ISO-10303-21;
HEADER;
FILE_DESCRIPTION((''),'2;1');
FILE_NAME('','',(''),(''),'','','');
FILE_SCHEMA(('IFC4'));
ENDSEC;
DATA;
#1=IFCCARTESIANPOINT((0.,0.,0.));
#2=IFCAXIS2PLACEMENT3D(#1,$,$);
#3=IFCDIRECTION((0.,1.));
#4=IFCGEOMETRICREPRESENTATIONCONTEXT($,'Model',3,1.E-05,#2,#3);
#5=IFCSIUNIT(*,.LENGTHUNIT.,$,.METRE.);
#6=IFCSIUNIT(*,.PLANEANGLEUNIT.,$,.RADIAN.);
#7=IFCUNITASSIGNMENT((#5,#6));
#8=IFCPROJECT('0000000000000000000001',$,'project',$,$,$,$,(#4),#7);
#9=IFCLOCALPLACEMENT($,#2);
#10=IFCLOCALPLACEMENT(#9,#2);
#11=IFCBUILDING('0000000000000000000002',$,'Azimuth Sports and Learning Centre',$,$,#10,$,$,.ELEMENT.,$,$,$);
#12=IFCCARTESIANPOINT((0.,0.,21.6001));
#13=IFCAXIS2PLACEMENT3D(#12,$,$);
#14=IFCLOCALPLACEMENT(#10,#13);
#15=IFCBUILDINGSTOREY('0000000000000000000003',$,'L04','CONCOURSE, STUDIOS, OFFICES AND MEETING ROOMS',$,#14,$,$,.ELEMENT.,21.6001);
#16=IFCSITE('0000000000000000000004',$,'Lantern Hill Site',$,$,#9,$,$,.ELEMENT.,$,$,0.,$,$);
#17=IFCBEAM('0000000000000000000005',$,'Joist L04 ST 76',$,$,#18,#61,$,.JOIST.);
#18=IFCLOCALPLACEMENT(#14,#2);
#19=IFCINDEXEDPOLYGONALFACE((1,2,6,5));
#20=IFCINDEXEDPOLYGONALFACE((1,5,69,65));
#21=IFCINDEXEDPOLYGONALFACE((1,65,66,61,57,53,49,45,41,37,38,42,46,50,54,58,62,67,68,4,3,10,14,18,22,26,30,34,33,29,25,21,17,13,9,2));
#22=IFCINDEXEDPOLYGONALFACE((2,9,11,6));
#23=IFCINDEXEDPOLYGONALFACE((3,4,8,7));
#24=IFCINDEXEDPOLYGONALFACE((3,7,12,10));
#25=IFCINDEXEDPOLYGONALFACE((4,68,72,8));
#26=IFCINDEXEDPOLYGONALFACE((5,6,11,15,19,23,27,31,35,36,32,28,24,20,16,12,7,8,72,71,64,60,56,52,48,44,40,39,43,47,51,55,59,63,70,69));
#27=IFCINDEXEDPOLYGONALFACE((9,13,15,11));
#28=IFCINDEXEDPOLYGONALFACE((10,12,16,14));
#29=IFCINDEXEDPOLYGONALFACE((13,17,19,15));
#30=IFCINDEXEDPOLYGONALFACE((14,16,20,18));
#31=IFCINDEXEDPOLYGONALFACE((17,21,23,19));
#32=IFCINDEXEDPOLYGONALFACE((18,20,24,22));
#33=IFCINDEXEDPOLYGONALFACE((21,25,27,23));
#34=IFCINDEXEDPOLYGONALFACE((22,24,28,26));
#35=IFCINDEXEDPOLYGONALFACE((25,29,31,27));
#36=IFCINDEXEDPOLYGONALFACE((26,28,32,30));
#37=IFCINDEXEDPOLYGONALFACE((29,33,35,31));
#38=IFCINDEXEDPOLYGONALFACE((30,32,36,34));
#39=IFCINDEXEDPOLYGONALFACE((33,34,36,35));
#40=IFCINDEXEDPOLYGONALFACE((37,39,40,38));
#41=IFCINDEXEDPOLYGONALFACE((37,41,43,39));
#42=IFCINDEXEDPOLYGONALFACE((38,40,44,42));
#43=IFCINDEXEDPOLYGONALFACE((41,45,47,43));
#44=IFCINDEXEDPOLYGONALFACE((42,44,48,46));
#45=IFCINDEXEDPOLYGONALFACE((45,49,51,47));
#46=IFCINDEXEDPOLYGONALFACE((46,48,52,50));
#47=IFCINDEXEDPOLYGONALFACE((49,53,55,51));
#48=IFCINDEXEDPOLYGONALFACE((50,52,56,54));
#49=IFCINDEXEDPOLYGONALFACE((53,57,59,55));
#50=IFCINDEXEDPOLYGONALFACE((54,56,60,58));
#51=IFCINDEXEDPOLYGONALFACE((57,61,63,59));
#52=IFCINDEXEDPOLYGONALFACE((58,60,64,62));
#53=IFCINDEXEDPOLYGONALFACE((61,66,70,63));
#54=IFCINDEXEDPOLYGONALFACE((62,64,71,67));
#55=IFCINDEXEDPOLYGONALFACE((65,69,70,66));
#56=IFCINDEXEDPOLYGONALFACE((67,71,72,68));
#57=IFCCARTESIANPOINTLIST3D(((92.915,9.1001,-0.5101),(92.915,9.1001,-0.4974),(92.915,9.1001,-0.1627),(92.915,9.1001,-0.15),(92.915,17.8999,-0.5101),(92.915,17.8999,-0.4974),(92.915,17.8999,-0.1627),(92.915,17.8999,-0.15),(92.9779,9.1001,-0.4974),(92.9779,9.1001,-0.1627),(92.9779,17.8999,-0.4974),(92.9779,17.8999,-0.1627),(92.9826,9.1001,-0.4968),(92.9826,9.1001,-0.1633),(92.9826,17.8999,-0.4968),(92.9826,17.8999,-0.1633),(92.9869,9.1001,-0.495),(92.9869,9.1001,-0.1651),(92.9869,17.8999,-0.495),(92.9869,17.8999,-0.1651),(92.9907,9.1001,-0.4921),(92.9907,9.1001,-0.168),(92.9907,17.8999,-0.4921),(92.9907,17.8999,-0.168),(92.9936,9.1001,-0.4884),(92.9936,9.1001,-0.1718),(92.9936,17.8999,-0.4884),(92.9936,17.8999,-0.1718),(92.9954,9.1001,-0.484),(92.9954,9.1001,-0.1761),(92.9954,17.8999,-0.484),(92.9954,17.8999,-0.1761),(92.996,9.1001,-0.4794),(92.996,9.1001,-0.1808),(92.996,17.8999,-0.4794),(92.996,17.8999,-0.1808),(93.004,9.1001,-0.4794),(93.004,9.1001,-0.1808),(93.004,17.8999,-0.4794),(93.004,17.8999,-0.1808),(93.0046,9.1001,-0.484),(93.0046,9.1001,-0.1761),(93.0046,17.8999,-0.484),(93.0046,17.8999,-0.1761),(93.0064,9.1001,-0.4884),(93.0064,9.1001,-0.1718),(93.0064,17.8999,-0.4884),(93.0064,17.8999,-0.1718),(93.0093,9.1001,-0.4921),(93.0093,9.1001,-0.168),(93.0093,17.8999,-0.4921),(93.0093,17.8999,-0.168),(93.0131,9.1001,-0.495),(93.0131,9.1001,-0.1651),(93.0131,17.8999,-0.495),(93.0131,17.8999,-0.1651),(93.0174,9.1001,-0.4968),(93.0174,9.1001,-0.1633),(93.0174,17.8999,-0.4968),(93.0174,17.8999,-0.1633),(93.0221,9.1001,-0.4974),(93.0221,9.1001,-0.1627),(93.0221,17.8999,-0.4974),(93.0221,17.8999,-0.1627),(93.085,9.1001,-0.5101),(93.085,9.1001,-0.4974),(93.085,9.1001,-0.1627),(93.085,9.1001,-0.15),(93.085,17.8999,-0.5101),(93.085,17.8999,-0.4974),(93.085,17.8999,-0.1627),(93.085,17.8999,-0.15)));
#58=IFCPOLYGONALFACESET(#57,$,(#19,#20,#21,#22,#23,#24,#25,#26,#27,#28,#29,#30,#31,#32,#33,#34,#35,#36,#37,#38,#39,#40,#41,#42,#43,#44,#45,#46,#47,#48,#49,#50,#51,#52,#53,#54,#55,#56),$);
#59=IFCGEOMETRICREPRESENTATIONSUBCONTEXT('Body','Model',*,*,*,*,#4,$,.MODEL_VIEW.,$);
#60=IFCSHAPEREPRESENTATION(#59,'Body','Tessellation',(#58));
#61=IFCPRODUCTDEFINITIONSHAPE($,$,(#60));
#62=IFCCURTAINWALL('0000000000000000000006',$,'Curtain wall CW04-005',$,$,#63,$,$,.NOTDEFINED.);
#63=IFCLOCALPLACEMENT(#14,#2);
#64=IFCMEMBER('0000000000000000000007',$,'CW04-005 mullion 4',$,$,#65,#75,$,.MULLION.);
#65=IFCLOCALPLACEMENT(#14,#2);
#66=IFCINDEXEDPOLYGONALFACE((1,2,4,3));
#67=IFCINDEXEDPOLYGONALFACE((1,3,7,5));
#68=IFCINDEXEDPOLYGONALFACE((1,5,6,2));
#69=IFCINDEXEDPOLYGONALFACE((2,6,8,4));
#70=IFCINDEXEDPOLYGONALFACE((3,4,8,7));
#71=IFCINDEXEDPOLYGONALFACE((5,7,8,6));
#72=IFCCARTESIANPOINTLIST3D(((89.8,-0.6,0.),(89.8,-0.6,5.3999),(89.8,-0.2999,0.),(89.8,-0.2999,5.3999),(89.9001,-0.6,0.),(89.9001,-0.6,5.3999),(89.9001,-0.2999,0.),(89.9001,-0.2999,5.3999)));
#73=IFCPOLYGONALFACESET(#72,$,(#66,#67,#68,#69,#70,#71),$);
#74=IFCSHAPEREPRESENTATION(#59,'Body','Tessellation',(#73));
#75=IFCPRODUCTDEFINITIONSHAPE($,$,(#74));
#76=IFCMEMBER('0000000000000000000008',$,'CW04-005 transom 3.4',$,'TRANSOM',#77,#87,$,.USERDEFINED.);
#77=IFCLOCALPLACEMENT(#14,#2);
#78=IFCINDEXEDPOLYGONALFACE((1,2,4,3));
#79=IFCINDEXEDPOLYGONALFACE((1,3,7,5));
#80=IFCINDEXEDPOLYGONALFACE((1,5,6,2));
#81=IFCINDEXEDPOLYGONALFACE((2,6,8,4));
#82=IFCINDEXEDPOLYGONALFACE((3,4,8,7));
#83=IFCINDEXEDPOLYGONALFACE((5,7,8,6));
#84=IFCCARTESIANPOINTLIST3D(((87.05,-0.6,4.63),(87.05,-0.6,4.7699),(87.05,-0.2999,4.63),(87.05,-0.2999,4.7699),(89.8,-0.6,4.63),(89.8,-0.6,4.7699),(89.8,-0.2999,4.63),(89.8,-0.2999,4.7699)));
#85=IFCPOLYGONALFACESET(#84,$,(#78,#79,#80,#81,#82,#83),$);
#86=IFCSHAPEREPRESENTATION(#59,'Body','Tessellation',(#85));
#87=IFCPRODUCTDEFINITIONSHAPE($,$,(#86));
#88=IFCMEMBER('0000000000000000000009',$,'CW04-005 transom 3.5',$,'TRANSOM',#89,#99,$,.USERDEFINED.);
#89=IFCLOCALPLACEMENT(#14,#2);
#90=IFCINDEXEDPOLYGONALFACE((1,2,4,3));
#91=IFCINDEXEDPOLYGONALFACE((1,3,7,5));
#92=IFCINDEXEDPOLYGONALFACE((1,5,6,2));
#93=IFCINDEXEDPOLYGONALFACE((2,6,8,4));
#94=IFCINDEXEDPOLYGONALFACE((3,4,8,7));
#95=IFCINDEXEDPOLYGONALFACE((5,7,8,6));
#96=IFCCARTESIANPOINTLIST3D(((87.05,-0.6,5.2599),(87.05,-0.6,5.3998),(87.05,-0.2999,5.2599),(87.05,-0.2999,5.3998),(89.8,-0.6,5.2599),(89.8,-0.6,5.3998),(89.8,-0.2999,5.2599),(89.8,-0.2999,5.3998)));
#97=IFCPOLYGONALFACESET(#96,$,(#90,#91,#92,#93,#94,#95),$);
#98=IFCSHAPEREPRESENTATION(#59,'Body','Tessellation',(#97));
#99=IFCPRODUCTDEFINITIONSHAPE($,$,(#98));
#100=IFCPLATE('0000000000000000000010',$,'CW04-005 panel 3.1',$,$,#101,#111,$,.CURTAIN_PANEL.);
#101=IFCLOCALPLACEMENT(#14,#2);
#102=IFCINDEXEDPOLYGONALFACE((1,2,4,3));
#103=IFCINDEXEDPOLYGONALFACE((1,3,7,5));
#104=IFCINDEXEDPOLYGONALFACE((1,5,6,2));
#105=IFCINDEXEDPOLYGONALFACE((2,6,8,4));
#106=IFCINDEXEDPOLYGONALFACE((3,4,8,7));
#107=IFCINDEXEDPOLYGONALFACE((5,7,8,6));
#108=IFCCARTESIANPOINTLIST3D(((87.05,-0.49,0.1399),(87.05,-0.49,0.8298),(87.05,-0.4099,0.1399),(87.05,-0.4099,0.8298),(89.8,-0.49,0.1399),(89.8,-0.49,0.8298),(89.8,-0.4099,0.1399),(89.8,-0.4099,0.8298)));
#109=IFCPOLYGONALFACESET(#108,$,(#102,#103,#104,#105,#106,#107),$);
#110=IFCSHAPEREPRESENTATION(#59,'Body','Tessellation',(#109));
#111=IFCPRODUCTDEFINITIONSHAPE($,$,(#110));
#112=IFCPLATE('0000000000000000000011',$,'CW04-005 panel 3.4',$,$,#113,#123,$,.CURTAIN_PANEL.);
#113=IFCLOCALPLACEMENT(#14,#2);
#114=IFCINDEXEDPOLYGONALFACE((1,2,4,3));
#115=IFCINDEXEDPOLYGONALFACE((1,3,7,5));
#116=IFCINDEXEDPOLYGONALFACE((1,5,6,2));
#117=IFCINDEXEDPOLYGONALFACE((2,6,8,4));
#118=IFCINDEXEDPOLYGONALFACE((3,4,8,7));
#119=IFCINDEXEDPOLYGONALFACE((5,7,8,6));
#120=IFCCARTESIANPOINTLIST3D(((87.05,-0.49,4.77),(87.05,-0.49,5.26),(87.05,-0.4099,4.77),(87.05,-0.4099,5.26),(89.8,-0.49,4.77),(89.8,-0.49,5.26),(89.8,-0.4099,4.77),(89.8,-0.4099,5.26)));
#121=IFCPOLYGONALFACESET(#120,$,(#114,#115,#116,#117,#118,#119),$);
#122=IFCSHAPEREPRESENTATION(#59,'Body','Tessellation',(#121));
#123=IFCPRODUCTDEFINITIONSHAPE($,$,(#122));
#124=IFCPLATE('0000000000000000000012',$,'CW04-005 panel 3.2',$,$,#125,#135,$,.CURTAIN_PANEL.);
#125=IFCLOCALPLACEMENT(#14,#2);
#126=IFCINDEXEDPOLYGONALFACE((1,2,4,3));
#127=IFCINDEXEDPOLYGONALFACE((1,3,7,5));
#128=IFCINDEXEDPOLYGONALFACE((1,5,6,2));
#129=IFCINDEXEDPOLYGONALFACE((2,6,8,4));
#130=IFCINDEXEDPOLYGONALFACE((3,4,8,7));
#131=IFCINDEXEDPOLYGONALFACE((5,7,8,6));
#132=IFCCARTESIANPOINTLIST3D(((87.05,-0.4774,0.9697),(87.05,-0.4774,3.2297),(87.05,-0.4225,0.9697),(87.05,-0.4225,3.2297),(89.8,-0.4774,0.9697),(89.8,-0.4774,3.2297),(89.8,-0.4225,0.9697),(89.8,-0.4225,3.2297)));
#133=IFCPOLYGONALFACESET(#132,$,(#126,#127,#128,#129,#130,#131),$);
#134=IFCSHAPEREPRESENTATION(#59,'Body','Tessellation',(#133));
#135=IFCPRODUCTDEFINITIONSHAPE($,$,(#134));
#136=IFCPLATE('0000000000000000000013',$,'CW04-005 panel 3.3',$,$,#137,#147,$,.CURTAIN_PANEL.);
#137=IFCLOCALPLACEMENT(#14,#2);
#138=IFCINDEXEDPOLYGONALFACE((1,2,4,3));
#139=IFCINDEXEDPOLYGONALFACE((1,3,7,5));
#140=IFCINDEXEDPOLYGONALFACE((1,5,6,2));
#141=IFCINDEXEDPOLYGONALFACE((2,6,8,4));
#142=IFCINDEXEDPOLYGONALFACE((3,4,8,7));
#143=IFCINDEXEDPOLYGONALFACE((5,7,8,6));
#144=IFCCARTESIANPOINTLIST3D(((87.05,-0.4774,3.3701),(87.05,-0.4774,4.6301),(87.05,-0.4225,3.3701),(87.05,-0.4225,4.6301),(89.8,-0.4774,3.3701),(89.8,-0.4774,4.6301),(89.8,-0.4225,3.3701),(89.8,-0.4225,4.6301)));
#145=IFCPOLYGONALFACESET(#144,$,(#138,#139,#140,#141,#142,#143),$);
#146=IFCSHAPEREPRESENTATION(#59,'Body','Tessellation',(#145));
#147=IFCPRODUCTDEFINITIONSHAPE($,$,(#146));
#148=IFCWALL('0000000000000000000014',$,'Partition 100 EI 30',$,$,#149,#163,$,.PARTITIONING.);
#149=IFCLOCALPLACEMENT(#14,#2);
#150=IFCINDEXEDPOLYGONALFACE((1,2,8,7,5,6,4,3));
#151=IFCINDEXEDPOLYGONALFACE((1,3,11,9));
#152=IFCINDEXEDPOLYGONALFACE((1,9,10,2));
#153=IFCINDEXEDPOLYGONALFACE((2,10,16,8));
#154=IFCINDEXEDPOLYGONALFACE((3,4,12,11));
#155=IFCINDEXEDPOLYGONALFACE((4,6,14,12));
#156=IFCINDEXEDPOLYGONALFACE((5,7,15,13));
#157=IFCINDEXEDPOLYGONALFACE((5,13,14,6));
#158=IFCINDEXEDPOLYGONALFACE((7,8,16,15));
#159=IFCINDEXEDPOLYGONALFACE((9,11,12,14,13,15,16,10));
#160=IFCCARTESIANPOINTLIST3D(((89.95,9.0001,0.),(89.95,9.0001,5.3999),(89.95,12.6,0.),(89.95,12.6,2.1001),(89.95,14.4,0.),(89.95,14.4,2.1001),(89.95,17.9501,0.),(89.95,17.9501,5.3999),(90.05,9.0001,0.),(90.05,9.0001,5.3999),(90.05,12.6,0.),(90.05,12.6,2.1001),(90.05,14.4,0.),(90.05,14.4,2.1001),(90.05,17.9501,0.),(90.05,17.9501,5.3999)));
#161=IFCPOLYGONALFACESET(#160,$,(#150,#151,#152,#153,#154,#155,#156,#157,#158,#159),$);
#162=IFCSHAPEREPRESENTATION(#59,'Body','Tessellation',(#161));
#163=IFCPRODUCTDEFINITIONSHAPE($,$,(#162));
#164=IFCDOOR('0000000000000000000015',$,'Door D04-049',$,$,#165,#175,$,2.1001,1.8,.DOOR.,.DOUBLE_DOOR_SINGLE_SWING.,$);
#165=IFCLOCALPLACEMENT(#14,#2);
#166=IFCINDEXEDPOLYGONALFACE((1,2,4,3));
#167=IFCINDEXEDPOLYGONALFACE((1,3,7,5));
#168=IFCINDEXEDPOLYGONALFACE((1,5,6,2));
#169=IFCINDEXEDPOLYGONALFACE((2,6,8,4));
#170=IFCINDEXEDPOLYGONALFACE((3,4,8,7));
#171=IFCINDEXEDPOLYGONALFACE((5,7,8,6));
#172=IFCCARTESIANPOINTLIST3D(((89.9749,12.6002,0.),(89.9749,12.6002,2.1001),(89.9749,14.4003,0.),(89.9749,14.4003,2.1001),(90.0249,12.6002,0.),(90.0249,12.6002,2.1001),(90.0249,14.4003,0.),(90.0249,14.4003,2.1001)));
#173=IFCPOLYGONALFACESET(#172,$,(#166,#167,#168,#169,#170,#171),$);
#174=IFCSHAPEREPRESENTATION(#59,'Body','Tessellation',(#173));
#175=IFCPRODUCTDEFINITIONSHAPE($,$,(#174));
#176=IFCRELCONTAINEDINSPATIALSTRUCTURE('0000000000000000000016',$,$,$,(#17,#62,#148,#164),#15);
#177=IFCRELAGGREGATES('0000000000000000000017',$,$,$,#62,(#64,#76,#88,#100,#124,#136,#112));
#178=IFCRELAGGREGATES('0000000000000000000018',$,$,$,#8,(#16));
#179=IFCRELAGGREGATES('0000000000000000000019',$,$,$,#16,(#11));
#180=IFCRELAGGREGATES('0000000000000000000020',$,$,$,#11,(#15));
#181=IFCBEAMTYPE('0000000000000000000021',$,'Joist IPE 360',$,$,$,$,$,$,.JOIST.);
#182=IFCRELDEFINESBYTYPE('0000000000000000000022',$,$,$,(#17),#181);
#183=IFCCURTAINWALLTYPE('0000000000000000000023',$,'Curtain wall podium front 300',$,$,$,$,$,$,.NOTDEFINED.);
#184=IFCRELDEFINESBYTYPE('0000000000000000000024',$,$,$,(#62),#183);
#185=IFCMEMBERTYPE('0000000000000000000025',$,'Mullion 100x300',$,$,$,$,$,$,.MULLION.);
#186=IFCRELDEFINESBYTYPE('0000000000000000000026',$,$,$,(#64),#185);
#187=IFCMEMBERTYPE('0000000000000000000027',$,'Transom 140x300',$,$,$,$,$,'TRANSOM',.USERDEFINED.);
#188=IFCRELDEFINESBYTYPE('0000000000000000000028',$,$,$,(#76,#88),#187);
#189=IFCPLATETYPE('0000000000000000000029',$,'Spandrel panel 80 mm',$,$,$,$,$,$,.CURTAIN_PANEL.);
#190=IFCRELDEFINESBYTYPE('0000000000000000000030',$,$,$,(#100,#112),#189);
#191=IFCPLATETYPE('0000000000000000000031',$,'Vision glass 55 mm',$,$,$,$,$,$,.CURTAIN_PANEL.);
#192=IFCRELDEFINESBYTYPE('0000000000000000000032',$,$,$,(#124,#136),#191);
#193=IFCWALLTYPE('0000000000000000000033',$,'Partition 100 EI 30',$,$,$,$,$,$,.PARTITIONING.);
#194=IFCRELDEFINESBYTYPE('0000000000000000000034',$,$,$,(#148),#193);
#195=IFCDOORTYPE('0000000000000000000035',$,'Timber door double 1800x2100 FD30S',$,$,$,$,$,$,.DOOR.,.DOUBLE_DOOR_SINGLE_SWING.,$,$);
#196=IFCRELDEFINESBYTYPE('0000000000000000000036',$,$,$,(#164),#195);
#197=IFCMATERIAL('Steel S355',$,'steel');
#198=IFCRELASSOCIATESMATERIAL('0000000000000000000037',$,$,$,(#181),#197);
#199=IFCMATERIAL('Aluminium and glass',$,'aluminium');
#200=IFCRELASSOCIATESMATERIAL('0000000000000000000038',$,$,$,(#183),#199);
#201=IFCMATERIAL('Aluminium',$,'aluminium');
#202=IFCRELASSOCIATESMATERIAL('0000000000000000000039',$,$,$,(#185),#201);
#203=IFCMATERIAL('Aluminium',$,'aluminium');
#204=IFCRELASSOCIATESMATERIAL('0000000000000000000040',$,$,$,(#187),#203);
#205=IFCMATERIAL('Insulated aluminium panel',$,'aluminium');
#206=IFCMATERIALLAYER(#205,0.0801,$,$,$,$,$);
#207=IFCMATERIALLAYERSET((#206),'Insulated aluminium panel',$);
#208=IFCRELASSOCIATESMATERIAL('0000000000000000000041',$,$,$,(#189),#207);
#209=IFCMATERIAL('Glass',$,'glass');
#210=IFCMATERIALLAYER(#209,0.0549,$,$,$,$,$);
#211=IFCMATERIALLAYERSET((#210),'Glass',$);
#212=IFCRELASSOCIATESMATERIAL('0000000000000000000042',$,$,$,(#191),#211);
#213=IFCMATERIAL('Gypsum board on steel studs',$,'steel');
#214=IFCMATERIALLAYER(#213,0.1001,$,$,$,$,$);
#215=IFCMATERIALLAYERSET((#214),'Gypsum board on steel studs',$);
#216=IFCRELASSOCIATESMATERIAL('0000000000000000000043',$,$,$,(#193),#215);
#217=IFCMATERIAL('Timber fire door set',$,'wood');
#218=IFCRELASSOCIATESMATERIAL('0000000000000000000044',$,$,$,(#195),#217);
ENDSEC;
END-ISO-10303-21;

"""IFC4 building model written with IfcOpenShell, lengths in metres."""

from ifc_helpers import new_model, si_unit, direction, frame, frame_2d, origin, origin_2d, place, context, subcontext, project, spatial, rectangle, i_section, extrude, material, layer, layer_set, material_profile, profile_set, type_object, element, fill, aggregate, save


model = new_model("IFC4")

# Units and contexts
model_context = context("Model", 3, precision=1e-05, world=origin(), true_north=direction((0.0, 1.0)))
body_context = subcontext(model_context, "Body", "Model", "MODEL_VIEW")
ifc_project = project(units=[si_unit("LENGTHUNIT", "METRE"), si_unit("PLANEANGLEUNIT", "RADIAN")], contexts=[model_context])

# Site, building, storey
site_placement = place(None, origin())
site = spatial("IfcSite", under=ifc_project, at=site_placement, Name="Lantern Hill Site", CompositionType="ELEMENT", RefElevation=0.0)
building_placement = place(site_placement, origin())
building = spatial("IfcBuilding", under=site, at=building_placement, Name="Azimuth Sports and Learning Centre", CompositionType="ELEMENT")
storey_placement = place(building_placement, frame((0.0, 0.0, 21.6001)))
storey = spatial("IfcBuildingStorey", under=building, at=storey_placement, Name="L04", Description="CONCOURSE, STUDIOS, OFFICES AND MEETING ROOMS", CompositionType="ELEMENT", Elevation=21.6001)

# Beam
ifc_material_1 = material(Name="Steel S355", Category="steel")
ifc_material_profile_1 = material_profile(ifc_material_1, i_section(OverallWidth=0.1699, OverallDepth=0.3601, WebThickness=0.0081, FlangeThickness=0.0127, FilletRadius=0.0181, at=origin_2d()), Name="IPE 360")
ifc_profile_set_1 = profile_set([ifc_material_profile_1], Name="Steel S355")
beam_type = type_object("IfcBeamType", Name="Joist IPE 360", PredefinedType="JOIST", material=ifc_profile_set_1)
beam_placement = place(storey_placement, frame((93.0, 9.1001, -0.3301), z_axis=(0.0, 1.0, 0.0), x_axis=(-1.0, 0.0, 0.0)))
element("IfcBeam", 1, at=beam_placement, inside=storey, type_object=beam_type, Name="Joist L04 ST 76", PredefinedType="JOIST", context=body_context, shape_type="SweptSolid", body=[
    extrude(i_section(OverallWidth=0.1699, OverallDepth=0.3601, WebThickness=0.0081, FlangeThickness=0.0127, FilletRadius=0.0181, at=origin_2d()), origin(), (0.0, 0.0, 1.0), 8.7998),
])

# Curtain wall, members, plates
ifc_material_2 = material(Name="Aluminium and glass", Category="aluminium")
curtain_wall_type = type_object("IfcCurtainWallType", Name="Curtain wall podium front 300", PredefinedType="NOTDEFINED", material=ifc_material_2)
curtain_wall_placement = place(storey_placement, origin())
curtain_wall = element("IfcCurtainWall", 2, at=curtain_wall_placement, inside=storey, type_object=curtain_wall_type, Name="Curtain wall CW04-005", PredefinedType="NOTDEFINED")
ifc_material_3 = material(Name="Aluminium", Category="aluminium")
ifc_material_profile_2 = material_profile(ifc_material_3, rectangle(XDim=0.3, YDim=0.1001, at=origin_2d()), Name="Mullion 100x300")
ifc_profile_set_2 = profile_set([ifc_material_profile_2], Name="Aluminium")
member_type_1 = type_object("IfcMemberType", Name="Mullion 100x300", PredefinedType="MULLION", material=ifc_profile_set_2)
member_1_placement = place(storey_placement, frame((89.8501, -0.45, 0.0), z_axis=(0.0, 0.0, 1.0), x_axis=(0.0, 1.0, 0.0)))
member_1 = element("IfcMember", 3, at=member_1_placement, type_object=member_type_1, Name="CW04-005 mullion 4", PredefinedType="MULLION", context=body_context, shape_type="SweptSolid", body=[
    extrude(rectangle(XDim=0.3, YDim=0.1001, at=origin_2d()), origin(), (0.0, 0.0, 1.0), 5.3999),
])
ifc_material_4 = material(Name="Aluminium", Category="aluminium")
ifc_material_profile_3 = material_profile(ifc_material_4, rectangle(XDim=0.3, YDim=0.1399, at=origin_2d()), Name="Transom 140x300")
ifc_profile_set_3 = profile_set([ifc_material_profile_3], Name="Aluminium")
member_type_2 = type_object("IfcMemberType", Name="Transom 140x300", ElementType="TRANSOM", PredefinedType="USERDEFINED", material=ifc_profile_set_3)
member_2_placement = place(storey_placement, frame((87.05, -0.45, 4.7), z_axis=(1.0, 0.0, 0.0), x_axis=(0.0, 1.0, 0.0)))
member_2 = element("IfcMember", 4, at=member_2_placement, type_object=member_type_2, Name="CW04-005 transom 3.4", ObjectType="TRANSOM", PredefinedType="USERDEFINED", context=body_context, shape_type="SweptSolid", body=[
    extrude(rectangle(XDim=0.3, YDim=0.1399, at=origin_2d()), origin(), (0.0, 0.0, 1.0), 2.75),
])
member_3_placement = place(storey_placement, frame((87.05, -0.45, 5.3298), z_axis=(1.0, 0.0, 0.0), x_axis=(0.0, 1.0, 0.0)))
member_3 = element("IfcMember", 5, at=member_3_placement, type_object=member_type_2, Name="CW04-005 transom 3.5", ObjectType="TRANSOM", PredefinedType="USERDEFINED", context=body_context, shape_type="SweptSolid", body=[
    extrude(rectangle(XDim=0.3, YDim=0.1399, at=origin_2d()), origin(), (0.0, 0.0, 1.0), 2.75),
])
ifc_material_5 = material(Name="Insulated aluminium panel", Category="aluminium")
ifc_layer_1 = layer(ifc_material_5, 0.0801)
ifc_layer_set_1 = layer_set([ifc_layer_1], Name="Insulated aluminium panel")
plate_type_1 = type_object("IfcPlateType", Name="Spandrel panel 80 mm", PredefinedType="CURTAIN_PANEL", material=ifc_layer_set_1)
plate_1_placement = place(storey_placement, frame((88.425, -0.45, 0.1399), z_axis=(0.0, 0.0, 1.0), x_axis=(1.0, 0.0, 0.0)))
plate_1 = element("IfcPlate", 6, at=plate_1_placement, type_object=plate_type_1, Name="CW04-005 panel 3.1", PredefinedType="CURTAIN_PANEL", context=body_context, shape_type="SweptSolid", body=[
    extrude(rectangle(XDim=2.75, YDim=0.0801, at=origin_2d()), origin(), (0.0, 0.0, 1.0), 0.6899),
])
plate_2_placement = place(storey_placement, frame((88.425, -0.45, 4.77), z_axis=(0.0, 0.0, 1.0), x_axis=(1.0, 0.0, 0.0)))
plate_2 = element("IfcPlate", 7, at=plate_2_placement, type_object=plate_type_1, Name="CW04-005 panel 3.4", PredefinedType="CURTAIN_PANEL", context=body_context, shape_type="SweptSolid", body=[
    extrude(rectangle(XDim=2.75, YDim=0.0801, at=origin_2d()), origin(), (0.0, 0.0, 1.0), 0.49),
])
ifc_material_6 = material(Name="Glass", Category="glass")
ifc_layer_2 = layer(ifc_material_6, 0.0549)
ifc_layer_set_2 = layer_set([ifc_layer_2], Name="Glass")
plate_type_2 = type_object("IfcPlateType", Name="Vision glass 55 mm", PredefinedType="CURTAIN_PANEL", material=ifc_layer_set_2)
plate_3_placement = place(storey_placement, frame((88.425, -0.45, 0.9697), z_axis=(0.0, 0.0, 1.0), x_axis=(1.0, 0.0, 0.0)))
plate_3 = element("IfcPlate", 8, at=plate_3_placement, type_object=plate_type_2, Name="CW04-005 panel 3.2", PredefinedType="CURTAIN_PANEL", context=body_context, shape_type="SweptSolid", body=[
    extrude(rectangle(XDim=2.75, YDim=0.0549, at=origin_2d()), origin(), (0.0, 0.0, 1.0), 2.26),
])
plate_4_placement = place(storey_placement, frame((88.425, -0.45, 3.3701), z_axis=(0.0, 0.0, 1.0), x_axis=(1.0, 0.0, 0.0)))
plate_4 = element("IfcPlate", 9, at=plate_4_placement, type_object=plate_type_2, Name="CW04-005 panel 3.3", PredefinedType="CURTAIN_PANEL", context=body_context, shape_type="SweptSolid", body=[
    extrude(rectangle(XDim=2.75, YDim=0.0549, at=origin_2d()), origin(), (0.0, 0.0, 1.0), 1.26),
])
aggregate(curtain_wall, [member_1, member_2, member_3, plate_1, plate_3, plate_4, plate_2])

# Wall, opening, door
ifc_material_7 = material(Name="Gypsum board on steel studs", Category="steel")
ifc_layer_3 = layer(ifc_material_7, 0.1001)
ifc_layer_set_3 = layer_set([ifc_layer_3], Name="Gypsum board on steel studs")
wall_type_1 = type_object("IfcWallType", Name="Partition 100 EI 30", PredefinedType="PARTITIONING", material=ifc_layer_set_3)
wall_1_placement = place(storey_placement, frame((90.0, 9.0, 0.0), z_axis=(0.0, 0.0, 1.0), x_axis=(0.0, 1.0, 0.0)))
wall_1 = element("IfcWall", 10, at=wall_1_placement, inside=storey, type_object=wall_type_1, Name="Partition 100 EI 30", PredefinedType="PARTITIONING", context=body_context, shape_type="SweptSolid", body=[
    extrude(rectangle(XDim=8.95, YDim=0.1001, at=frame_2d((4.4751, 0.0))), origin(), (0.0, 0.0, 1.0), 5.3999),
])
opening_1_placement = place(wall_1_placement, frame((3.6001, 0.0, 0.0)))
opening_1 = element("IfcOpeningElement", 11, at=opening_1_placement, cuts=wall_1, PredefinedType="OPENING", context=body_context, shape_type="SweptSolid", body=[
    extrude(rectangle(XDim=1.8, YDim=2.1001, at=frame_2d((0.8999, 1.05))), frame((0.0, 0.061, 0.0), z_axis=(0.0, -1.0, 0.0), x_axis=(1.0, 0.0, 0.0)), (0.0, 0.0, 1.0), 0.1221),
])
ifc_material_8 = material(Name="Timber fire door set", Category="wood")
door_type_1 = type_object("IfcDoorType", Name="Timber door double 1800x2100 FD30S", OperationType="DOUBLE_DOOR_SINGLE_SWING", PredefinedType="DOOR", material=ifc_material_8)
door_1_placement = place(opening_1_placement, frame((1.8, 0.0, 0.0), z_axis=(0.0, 0.0, 1.0), x_axis=(-1.0, 0.0, 0.0)))
door_1 = element("IfcDoor", 12, at=door_1_placement, inside=storey, type_object=door_type_1, Name="Door D04-049", OperationType="DOUBLE_DOOR_SINGLE_SWING", OverallHeight=2.1001, OverallWidth=1.8, PredefinedType="DOOR", context=body_context, shape_type="SweptSolid", body=[
    extrude(rectangle(XDim=1.8, YDim=2.1001, at=frame_2d((0.8999, 1.05))), frame((0.0, 0.0249, 0.0), z_axis=(0.0, -1.0, 0.0), x_axis=(1.0, 0.0, 0.0)), (0.0, 0.0, 1.0), 0.05),
])
fill(opening_1, door_1)

save(model, "model.ifc")
